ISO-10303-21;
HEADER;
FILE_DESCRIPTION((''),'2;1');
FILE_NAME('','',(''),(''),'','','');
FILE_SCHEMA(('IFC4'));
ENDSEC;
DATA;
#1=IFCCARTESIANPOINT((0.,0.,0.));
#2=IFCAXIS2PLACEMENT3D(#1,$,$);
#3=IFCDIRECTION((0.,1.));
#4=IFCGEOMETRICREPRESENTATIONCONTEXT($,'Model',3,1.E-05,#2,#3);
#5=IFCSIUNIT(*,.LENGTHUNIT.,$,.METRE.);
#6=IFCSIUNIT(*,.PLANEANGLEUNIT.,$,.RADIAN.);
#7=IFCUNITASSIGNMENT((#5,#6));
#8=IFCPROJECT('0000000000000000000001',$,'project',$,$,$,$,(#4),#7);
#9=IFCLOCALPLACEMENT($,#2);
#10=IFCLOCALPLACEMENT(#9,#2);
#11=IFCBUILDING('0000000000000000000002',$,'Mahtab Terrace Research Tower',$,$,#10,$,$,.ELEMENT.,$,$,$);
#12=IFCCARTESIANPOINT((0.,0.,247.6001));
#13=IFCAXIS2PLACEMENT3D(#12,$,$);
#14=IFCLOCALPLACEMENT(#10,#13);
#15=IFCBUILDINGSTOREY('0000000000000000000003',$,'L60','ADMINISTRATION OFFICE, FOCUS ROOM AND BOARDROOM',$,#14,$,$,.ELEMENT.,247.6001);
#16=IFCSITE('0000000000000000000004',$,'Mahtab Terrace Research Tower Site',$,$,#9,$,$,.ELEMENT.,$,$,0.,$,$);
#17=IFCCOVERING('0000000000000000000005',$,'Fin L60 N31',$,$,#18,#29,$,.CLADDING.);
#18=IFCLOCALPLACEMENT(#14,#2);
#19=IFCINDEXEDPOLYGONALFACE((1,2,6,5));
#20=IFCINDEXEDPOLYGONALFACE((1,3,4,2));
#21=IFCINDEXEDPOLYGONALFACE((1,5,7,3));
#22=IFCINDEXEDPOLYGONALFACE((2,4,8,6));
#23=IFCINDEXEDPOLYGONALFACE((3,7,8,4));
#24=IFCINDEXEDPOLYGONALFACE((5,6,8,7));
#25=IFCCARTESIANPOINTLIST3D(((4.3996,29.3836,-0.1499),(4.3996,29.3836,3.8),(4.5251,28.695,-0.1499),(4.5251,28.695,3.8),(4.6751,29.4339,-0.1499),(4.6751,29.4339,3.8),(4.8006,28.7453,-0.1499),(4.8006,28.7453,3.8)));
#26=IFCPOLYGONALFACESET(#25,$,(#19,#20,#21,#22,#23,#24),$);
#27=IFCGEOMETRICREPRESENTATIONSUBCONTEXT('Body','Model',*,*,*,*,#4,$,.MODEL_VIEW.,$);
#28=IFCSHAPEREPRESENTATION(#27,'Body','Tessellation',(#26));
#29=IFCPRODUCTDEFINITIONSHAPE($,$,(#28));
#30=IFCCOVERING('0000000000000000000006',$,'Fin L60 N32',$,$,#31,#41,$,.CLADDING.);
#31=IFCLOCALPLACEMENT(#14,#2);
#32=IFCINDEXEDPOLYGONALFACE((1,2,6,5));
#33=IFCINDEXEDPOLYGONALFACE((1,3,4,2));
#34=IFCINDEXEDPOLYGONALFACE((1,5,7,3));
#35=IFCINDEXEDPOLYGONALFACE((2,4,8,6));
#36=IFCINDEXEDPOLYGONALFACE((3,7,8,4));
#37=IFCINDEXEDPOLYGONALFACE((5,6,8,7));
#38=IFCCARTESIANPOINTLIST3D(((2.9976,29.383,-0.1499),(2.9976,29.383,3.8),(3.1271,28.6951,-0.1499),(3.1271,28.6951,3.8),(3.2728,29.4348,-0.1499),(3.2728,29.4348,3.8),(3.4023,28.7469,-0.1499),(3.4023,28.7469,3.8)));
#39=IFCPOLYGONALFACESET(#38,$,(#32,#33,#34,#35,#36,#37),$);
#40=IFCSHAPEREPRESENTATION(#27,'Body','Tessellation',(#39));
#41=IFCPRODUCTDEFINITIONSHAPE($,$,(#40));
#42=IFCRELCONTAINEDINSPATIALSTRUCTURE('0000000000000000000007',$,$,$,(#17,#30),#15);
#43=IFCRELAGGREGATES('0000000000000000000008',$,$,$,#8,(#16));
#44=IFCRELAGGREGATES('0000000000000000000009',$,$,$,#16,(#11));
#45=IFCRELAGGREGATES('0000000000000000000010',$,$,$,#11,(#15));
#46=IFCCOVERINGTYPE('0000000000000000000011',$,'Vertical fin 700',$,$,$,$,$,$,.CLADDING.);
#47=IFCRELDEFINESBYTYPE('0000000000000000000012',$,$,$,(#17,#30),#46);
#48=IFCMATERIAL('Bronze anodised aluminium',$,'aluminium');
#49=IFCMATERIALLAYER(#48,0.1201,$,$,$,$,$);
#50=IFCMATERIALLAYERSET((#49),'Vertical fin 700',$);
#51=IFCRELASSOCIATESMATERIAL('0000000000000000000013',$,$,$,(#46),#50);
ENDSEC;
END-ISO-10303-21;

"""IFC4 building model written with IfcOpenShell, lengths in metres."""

from ifc_helpers import new_model, si_unit, direction, frame, origin, origin_2d, place, context, subcontext, project, spatial, rectangle, extrude, material, layer, layer_set, type_object, element, save


model = new_model("IFC4")

# Units and contexts
model_context = context("Model", 3, precision=1e-05, world=origin(), true_north=direction((0.0, 1.0)))
body_context = subcontext(model_context, "Body", "Model", "MODEL_VIEW")
ifc_project = project(units=[si_unit("LENGTHUNIT", "METRE"), si_unit("PLANEANGLEUNIT", "RADIAN")], contexts=[model_context])

# Site, building, storey
site_placement = place(None, origin())
site = spatial("IfcSite", under=ifc_project, at=site_placement, Name="Mahtab Terrace Research Tower Site", CompositionType="ELEMENT", RefElevation=0.0)
building_placement = place(site_placement, origin())
building = spatial("IfcBuilding", under=site, at=building_placement, Name="Mahtab Terrace Research Tower", CompositionType="ELEMENT")
storey_placement = place(building_placement, frame((0.0, 0.0, 247.6001)))
storey = spatial("IfcBuildingStorey", under=building, at=storey_placement, Name="L60", Description="ADMINISTRATION OFFICE, FOCUS ROOM AND BOARDROOM", CompositionType="ELEMENT", Elevation=247.6001)

# Coverings
ifc_material_1 = material(Name="Bronze anodised aluminium", Category="aluminium")
ifc_layer_1 = layer(ifc_material_1, 0.1201)
ifc_layer_set_1 = layer_set([ifc_layer_1], Name="Vertical fin 700")
covering_type = type_object("IfcCoveringType", Name="Vertical fin 700", PredefinedType="CLADDING", material=ifc_layer_set_1)
for number, where, z_axis, x_axis, name in (
    (1, (4.6001, 29.0645, -0.1499), (0.0, 0.0, 1.0), (-0.983781, -0.179375, 0.0), "Fin L60 N31"),
    (2, (3.2, 29.0649, -0.1499), (0.0, 0.0, 1.0), (-0.982721, -0.185095, 0.0), "Fin L60 N32"),
):
    element("IfcCovering", number, at=place(storey_placement, frame(where, z_axis=z_axis, x_axis=x_axis)), inside=storey, type_object=covering_type, Name=name, PredefinedType="CLADDING", context=body_context, shape_type="SweptSolid", body=[
        extrude(rectangle(XDim=0.28, YDim=0.7, at=origin_2d()), origin(), (0.0, 0.0, 1.0), 3.95),
    ])

save(model, "model.ifc")
